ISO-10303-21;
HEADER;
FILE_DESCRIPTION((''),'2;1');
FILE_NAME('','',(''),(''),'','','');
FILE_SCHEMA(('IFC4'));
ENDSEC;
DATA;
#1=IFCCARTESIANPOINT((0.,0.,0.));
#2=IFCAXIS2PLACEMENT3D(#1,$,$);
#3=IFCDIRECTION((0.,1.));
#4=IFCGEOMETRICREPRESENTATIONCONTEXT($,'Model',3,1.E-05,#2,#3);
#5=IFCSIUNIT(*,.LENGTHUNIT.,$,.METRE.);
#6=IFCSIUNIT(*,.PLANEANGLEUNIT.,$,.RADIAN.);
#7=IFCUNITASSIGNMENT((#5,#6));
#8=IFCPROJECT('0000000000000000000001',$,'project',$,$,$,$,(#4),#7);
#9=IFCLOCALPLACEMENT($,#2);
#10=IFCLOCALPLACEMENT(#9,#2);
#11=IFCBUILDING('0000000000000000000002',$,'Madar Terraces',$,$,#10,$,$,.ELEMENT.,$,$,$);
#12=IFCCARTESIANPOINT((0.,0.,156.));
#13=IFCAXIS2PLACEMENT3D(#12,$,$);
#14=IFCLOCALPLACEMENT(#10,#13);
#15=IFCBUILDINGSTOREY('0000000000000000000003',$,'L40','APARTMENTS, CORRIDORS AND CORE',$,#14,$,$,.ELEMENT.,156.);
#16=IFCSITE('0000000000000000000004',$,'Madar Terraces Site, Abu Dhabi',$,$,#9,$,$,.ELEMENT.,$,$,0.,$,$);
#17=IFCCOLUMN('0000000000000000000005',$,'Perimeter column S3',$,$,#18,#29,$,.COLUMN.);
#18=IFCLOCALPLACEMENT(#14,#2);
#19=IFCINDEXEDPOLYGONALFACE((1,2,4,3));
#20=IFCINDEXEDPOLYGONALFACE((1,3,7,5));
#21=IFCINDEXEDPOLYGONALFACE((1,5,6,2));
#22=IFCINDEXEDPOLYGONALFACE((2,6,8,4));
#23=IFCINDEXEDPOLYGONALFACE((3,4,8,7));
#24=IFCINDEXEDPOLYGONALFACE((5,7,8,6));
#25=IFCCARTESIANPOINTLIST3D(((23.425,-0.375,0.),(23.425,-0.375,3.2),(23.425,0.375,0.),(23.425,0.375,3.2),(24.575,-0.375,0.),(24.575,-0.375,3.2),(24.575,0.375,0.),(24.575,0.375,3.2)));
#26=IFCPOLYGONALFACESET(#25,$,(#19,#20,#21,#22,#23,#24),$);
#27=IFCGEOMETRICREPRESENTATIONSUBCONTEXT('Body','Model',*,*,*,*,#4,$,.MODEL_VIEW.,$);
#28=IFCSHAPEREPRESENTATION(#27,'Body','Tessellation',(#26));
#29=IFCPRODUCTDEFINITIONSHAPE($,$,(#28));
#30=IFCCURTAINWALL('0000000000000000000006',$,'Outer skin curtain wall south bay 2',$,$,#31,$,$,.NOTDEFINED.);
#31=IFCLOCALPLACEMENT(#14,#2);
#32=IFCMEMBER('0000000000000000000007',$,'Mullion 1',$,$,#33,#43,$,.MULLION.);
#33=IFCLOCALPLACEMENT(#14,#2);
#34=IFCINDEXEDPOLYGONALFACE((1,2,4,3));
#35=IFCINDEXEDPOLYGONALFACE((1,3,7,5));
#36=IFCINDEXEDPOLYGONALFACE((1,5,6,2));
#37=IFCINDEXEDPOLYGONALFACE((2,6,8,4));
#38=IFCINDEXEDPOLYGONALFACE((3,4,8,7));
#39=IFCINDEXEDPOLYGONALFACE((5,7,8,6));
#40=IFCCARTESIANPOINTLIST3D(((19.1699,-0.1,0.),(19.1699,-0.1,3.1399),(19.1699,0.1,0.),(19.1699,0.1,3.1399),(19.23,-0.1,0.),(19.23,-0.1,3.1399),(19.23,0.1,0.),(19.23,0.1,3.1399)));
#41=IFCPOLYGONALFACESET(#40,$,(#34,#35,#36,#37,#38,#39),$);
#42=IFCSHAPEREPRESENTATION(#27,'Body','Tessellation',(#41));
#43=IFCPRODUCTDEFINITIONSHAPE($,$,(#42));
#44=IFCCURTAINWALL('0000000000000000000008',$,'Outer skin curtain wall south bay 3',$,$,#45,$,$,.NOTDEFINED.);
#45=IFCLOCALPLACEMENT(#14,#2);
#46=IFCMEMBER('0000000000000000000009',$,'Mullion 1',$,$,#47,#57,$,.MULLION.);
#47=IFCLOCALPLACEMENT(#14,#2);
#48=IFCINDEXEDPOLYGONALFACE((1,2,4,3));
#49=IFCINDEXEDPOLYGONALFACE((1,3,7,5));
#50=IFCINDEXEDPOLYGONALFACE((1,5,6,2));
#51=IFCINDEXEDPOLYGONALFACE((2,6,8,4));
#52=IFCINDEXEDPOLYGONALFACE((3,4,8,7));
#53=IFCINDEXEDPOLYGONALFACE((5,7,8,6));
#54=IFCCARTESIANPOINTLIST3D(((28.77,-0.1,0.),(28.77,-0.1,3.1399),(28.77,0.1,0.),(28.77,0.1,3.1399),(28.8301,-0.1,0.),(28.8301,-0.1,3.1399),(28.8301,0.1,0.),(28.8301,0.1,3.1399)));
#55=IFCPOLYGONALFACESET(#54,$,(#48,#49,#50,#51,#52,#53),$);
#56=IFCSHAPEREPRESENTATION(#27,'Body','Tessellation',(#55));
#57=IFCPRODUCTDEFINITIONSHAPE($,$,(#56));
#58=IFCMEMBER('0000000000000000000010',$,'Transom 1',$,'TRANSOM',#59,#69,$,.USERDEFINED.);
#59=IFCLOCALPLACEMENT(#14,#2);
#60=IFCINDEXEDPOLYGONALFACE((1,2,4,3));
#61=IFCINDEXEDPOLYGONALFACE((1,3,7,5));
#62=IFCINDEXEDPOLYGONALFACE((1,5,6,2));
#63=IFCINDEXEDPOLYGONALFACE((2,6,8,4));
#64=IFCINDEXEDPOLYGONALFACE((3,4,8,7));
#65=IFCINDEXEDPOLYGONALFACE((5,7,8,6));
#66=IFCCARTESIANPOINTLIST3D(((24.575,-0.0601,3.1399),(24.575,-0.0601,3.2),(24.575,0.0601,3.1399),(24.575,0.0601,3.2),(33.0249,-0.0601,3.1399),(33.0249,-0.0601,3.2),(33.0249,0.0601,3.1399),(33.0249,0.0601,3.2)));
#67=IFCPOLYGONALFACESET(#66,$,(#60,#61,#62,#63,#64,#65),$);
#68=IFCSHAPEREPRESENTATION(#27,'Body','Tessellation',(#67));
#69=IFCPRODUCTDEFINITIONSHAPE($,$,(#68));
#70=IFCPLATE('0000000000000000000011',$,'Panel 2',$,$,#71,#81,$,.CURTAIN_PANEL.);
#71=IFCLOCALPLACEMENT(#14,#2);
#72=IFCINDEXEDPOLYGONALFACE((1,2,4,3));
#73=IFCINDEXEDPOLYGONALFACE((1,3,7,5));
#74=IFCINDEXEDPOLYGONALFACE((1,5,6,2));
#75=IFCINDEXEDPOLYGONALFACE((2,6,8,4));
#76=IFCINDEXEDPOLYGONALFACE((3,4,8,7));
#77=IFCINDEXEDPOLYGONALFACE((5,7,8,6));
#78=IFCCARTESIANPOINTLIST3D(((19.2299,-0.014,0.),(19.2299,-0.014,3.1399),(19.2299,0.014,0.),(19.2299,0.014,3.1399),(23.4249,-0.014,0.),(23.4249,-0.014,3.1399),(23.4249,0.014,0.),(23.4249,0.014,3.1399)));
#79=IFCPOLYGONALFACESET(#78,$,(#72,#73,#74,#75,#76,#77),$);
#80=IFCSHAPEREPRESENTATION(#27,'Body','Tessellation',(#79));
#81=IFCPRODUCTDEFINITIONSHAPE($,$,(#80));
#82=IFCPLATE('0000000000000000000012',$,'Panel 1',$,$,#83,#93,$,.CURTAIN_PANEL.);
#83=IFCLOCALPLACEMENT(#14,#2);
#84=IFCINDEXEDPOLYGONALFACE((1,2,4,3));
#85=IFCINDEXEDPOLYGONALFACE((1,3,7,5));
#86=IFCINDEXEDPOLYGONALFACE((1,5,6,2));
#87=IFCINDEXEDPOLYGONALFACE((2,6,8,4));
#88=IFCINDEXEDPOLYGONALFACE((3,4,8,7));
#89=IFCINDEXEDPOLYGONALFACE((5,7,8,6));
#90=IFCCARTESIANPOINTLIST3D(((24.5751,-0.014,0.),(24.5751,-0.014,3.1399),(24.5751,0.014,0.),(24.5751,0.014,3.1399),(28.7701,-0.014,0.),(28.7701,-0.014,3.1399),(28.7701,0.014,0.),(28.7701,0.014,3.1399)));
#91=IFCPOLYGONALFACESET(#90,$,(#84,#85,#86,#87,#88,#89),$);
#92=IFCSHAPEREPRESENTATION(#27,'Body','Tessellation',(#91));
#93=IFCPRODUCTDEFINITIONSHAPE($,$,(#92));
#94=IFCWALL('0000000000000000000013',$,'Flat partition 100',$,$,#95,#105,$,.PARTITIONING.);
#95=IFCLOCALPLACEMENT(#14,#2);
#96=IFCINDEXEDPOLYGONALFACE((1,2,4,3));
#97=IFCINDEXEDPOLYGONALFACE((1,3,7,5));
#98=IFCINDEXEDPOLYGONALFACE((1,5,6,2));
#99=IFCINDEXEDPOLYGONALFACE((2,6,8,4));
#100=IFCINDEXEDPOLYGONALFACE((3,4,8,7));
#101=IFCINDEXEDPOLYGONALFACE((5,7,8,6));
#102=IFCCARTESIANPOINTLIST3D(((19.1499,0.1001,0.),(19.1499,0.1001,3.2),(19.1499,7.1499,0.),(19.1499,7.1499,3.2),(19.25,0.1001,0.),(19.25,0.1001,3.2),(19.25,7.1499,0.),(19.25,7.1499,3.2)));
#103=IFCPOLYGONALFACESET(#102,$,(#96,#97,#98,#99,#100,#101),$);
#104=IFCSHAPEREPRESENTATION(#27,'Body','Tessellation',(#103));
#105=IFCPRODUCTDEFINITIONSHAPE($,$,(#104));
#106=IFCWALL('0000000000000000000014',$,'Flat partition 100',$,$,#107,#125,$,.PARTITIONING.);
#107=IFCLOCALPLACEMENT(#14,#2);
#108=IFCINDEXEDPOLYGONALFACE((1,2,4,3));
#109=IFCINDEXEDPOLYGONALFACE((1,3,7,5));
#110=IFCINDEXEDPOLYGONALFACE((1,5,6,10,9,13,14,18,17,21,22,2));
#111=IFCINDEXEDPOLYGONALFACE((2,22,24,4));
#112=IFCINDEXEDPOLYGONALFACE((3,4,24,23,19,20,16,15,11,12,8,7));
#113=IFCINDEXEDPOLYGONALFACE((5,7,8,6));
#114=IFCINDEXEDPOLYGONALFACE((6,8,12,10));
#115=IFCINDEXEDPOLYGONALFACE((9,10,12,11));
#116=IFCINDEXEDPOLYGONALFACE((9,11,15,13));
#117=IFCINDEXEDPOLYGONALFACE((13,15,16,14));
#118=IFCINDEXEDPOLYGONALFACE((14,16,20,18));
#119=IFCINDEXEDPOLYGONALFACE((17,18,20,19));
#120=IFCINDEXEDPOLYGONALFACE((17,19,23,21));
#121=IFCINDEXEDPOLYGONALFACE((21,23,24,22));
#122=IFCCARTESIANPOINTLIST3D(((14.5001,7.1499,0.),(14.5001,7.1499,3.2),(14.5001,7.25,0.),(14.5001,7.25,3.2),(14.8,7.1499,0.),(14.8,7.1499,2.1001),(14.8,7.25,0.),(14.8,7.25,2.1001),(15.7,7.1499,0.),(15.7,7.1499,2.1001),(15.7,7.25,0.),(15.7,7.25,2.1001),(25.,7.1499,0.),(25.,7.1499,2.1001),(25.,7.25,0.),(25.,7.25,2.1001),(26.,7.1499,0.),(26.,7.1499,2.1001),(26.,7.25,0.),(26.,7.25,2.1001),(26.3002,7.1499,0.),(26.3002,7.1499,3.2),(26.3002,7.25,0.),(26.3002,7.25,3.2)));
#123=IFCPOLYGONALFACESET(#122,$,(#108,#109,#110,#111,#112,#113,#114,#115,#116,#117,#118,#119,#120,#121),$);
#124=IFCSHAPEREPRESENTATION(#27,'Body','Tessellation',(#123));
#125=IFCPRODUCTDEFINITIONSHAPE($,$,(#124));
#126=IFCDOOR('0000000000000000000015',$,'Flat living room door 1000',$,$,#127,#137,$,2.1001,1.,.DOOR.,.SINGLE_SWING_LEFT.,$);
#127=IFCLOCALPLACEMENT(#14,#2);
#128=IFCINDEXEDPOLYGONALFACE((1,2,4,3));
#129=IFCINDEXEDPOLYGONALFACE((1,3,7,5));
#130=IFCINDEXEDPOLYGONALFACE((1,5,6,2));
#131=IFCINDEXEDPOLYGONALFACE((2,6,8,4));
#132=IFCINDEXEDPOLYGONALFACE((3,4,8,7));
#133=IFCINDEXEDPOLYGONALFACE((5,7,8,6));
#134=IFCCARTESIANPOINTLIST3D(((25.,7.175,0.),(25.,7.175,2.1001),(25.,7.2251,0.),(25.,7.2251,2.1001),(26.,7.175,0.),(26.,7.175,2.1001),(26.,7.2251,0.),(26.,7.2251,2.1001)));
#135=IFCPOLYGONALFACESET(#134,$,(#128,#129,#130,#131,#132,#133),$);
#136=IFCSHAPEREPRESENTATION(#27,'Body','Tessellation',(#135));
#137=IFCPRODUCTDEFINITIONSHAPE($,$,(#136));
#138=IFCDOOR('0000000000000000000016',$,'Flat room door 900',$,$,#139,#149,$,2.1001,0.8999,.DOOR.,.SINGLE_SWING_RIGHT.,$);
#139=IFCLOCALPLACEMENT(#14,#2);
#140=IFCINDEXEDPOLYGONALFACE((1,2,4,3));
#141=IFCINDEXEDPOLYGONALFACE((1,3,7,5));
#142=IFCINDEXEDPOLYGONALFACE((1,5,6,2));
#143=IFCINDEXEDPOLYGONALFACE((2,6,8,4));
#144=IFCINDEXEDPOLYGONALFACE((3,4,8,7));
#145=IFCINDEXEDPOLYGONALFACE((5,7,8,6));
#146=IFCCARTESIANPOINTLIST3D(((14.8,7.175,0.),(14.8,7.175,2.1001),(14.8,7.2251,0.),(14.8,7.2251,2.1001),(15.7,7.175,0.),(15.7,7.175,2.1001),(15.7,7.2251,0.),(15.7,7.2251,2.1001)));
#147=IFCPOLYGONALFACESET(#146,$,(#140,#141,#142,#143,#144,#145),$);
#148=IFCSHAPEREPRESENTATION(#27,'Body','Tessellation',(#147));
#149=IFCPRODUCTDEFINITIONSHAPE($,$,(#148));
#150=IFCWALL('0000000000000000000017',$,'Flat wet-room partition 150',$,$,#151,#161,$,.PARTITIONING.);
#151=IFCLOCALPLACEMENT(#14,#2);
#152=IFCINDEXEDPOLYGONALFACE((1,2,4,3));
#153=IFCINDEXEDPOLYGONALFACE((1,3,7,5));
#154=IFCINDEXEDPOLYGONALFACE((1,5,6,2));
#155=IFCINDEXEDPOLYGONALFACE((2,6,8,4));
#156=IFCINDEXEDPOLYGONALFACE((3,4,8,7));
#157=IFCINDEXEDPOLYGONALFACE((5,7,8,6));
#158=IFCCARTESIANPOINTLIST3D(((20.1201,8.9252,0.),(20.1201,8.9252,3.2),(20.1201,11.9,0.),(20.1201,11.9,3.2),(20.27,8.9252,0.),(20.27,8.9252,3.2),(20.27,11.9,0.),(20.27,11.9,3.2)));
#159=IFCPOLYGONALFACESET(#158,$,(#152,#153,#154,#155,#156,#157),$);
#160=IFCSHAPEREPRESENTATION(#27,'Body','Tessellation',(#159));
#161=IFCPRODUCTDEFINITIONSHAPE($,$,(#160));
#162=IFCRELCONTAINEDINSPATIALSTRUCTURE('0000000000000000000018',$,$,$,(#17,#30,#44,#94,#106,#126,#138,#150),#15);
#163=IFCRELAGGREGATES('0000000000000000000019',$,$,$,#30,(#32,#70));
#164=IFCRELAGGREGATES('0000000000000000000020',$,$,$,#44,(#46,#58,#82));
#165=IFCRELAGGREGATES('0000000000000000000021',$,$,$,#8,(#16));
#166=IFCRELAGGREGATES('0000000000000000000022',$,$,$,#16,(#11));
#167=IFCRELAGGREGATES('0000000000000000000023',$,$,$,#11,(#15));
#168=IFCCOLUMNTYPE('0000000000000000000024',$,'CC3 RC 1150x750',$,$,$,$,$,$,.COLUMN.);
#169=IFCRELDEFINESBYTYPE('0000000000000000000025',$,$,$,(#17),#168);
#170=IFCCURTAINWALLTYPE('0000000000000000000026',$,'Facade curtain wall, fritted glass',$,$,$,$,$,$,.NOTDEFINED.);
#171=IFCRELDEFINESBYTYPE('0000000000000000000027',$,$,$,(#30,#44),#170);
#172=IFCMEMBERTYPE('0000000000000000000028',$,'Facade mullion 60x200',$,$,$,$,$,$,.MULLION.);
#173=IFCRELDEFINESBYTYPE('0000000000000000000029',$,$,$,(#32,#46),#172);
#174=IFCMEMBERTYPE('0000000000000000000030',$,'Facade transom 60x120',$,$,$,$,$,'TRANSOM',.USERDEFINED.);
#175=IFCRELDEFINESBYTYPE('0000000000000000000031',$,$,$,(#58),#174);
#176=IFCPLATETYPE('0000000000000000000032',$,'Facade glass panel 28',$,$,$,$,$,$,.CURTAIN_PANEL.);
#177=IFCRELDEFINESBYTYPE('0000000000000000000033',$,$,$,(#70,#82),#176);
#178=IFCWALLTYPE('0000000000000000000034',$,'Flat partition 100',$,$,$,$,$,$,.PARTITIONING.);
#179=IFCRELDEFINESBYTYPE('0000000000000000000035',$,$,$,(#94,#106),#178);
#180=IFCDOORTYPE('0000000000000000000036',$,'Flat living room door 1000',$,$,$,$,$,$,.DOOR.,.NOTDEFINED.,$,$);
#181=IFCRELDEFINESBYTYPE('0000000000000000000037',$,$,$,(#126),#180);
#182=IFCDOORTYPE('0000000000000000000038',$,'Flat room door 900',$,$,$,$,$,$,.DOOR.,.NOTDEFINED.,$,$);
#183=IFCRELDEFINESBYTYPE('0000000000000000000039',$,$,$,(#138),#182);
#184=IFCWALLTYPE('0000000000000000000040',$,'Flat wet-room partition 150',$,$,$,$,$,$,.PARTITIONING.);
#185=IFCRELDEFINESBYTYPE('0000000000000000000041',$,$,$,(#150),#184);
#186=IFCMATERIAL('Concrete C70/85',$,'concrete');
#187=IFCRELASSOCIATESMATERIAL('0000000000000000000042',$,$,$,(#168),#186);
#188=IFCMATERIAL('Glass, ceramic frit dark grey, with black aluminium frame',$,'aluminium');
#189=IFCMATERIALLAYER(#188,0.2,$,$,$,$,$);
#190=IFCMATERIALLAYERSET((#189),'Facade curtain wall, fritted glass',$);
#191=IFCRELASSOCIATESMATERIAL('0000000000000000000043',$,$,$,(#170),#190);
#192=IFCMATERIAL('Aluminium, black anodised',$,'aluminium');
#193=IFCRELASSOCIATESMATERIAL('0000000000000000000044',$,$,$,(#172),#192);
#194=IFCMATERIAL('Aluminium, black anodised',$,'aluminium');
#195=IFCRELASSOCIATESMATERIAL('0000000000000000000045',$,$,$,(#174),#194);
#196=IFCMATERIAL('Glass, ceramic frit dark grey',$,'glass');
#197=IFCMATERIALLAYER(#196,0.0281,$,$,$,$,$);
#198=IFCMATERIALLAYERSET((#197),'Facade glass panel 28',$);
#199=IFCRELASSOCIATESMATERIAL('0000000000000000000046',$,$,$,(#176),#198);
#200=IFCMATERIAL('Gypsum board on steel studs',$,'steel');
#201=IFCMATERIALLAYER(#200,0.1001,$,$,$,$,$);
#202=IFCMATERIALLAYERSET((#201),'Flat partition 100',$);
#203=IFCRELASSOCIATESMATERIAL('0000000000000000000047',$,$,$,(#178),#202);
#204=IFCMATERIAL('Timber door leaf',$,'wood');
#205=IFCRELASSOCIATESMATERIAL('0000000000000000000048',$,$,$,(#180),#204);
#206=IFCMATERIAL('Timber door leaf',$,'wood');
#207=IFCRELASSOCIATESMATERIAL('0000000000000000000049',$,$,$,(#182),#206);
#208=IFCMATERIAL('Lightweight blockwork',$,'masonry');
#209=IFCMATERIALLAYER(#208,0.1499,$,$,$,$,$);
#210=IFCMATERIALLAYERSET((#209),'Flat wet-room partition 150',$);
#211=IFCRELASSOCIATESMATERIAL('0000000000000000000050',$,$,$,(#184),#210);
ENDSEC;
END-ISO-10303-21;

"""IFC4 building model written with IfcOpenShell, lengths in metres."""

from ifc_helpers import new_model, si_unit, direction, frame, frame_2d, origin, origin_2d, place, context, subcontext, project, spatial, rectangle, extrude, material, layer, layer_set, material_profile, profile_set, type_object, element, fill, aggregate, save


model = new_model("IFC4")

# Units and contexts
model_context = context("Model", 3, precision=1e-05, world=origin(), true_north=direction((0.0, 1.0)))
body_context = subcontext(model_context, "Body", "Model", "MODEL_VIEW")
ifc_project = project(units=[si_unit("LENGTHUNIT", "METRE"), si_unit("PLANEANGLEUNIT", "RADIAN")], contexts=[model_context])

# Site, building, storey
site_placement = place(None, origin())
site = spatial("IfcSite", under=ifc_project, at=site_placement, Name="Madar Terraces Site, Abu Dhabi", CompositionType="ELEMENT", RefElevation=0.0)
building_placement = place(site_placement, origin())
building = spatial("IfcBuilding", under=site, at=building_placement, Name="Madar Terraces", CompositionType="ELEMENT")
storey_placement = place(building_placement, frame((0.0, 0.0, 156.0)))
storey = spatial("IfcBuildingStorey", under=building, at=storey_placement, Name="L40", Description="APARTMENTS, CORRIDORS AND CORE", CompositionType="ELEMENT", Elevation=156.0)

# Column
ifc_material_1 = material(Name="Concrete C70/85", Category="concrete")
ifc_material_profile_1 = material_profile(ifc_material_1, rectangle(XDim=1.1499, YDim=0.75, at=origin_2d()), Name="CC3 RC 1150x750")
ifc_profile_set_1 = profile_set([ifc_material_profile_1], Name="Concrete C70/85")
column_type = type_object("IfcColumnType", Name="CC3 RC 1150x750", PredefinedType="COLUMN", material=ifc_profile_set_1)
column_placement = place(storey_placement, frame((24.0, 0.0, 0.0), z_axis=(0.0, 0.0, 1.0), x_axis=(1.0, 0.0, 0.0)))
element("IfcColumn", 1, at=column_placement, inside=storey, type_object=column_type, Name="Perimeter column S3", PredefinedType="COLUMN", context=body_context, shape_type="SweptSolid", body=[
    extrude(rectangle(XDim=1.1499, YDim=0.75, at=origin_2d()), origin(), (0.0, 0.0, 1.0), 3.2),
])

# Curtain wall, member
ifc_material_2 = material(Name="Glass, ceramic frit dark grey, with black aluminium frame", Category="aluminium")
ifc_layer_1 = layer(ifc_material_2, 0.2)
ifc_layer_set_1 = layer_set([ifc_layer_1], Name="Facade curtain wall, fritted glass")
curtain_wall_type = type_object("IfcCurtainWallType", Name="Facade curtain wall, fritted glass", PredefinedType="NOTDEFINED", material=ifc_layer_set_1)
curtain_wall_1_placement = place(storey_placement, origin())
curtain_wall_1 = element("IfcCurtainWall", 2, at=curtain_wall_1_placement, inside=storey, type_object=curtain_wall_type, Name="Outer skin curtain wall south bay 2", PredefinedType="NOTDEFINED")
ifc_material_3 = material(Name="Aluminium, black anodised", Category="aluminium")
ifc_material_profile_2 = material_profile(ifc_material_3, rectangle(XDim=0.2, YDim=0.0601, at=origin_2d()), Name="Facade mullion 60x200")
ifc_profile_set_2 = profile_set([ifc_material_profile_2], Name="Aluminium, black anodised")
member_type_1 = type_object("IfcMemberType", Name="Facade mullion 60x200", PredefinedType="MULLION", material=ifc_profile_set_2)
member_1_placement = place(storey_placement, frame((19.2, 0.0, 0.0), z_axis=(0.0, 0.0, 1.0), x_axis=(0.0, 1.0, 0.0)))
member_1 = element("IfcMember", 3, at=member_1_placement, type_object=member_type_1, Name="Mullion 1", PredefinedType="MULLION", context=body_context, shape_type="SweptSolid", body=[
    extrude(rectangle(XDim=0.2, YDim=0.0601, at=origin_2d()), origin(), (0.0, 0.0, 1.0), 3.1399),
])

# Curtain wall, members
curtain_wall_2_placement = place(storey_placement, origin())
curtain_wall_2 = element("IfcCurtainWall", 4, at=curtain_wall_2_placement, inside=storey, type_object=curtain_wall_type, Name="Outer skin curtain wall south bay 3", PredefinedType="NOTDEFINED")
member_2_placement = place(storey_placement, frame((28.8, 0.0, 0.0), z_axis=(0.0, 0.0, 1.0), x_axis=(0.0, 1.0, 0.0)))
member_2 = element("IfcMember", 5, at=member_2_placement, type_object=member_type_1, Name="Mullion 1", PredefinedType="MULLION", context=body_context, shape_type="SweptSolid", body=[
    extrude(rectangle(XDim=0.2, YDim=0.0601, at=origin_2d()), origin(), (0.0, 0.0, 1.0), 3.1399),
])
ifc_material_4 = material(Name="Aluminium, black anodised", Category="aluminium")
ifc_material_profile_3 = material_profile(ifc_material_4, rectangle(XDim=0.1201, YDim=0.0601, at=origin_2d()), Name="Facade transom 60x120")
ifc_profile_set_3 = profile_set([ifc_material_profile_3], Name="Aluminium, black anodised")
member_type_2 = type_object("IfcMemberType", Name="Facade transom 60x120", ElementType="TRANSOM", PredefinedType="USERDEFINED", material=ifc_profile_set_3)
member_3_placement = place(storey_placement, frame((24.575, 0.0, 3.1699), z_axis=(1.0, 0.0, 0.0), x_axis=(0.0, 1.0, 0.0)))
member_3 = element("IfcMember", 6, at=member_3_placement, type_object=member_type_2, Name="Transom 1", ObjectType="TRANSOM", PredefinedType="USERDEFINED", context=body_context, shape_type="SweptSolid", body=[
    extrude(rectangle(XDim=0.1201, YDim=0.0601, at=origin_2d()), origin(), (0.0, 0.0, 1.0), 8.45),
])

# Plates
ifc_material_5 = material(Name="Glass, ceramic frit dark grey", Category="glass")
ifc_layer_2 = layer(ifc_material_5, 0.0281)
ifc_layer_set_2 = layer_set([ifc_layer_2], Name="Facade glass panel 28")
plate_type = type_object("IfcPlateType", Name="Facade glass panel 28", PredefinedType="CURTAIN_PANEL", material=ifc_layer_set_2)
plate_1_placement = place(storey_placement, frame((21.3274, 0.0, 0.0), z_axis=(0.0, 0.0, 1.0), x_axis=(1.0, 0.0, 0.0)))
plate_1 = element("IfcPlate", 7, at=plate_1_placement, type_object=plate_type, Name="Panel 2", PredefinedType="CURTAIN_PANEL", context=body_context, shape_type="SweptSolid", body=[
    extrude(rectangle(XDim=4.1951, YDim=0.0281, at=origin_2d()), origin(), (0.0, 0.0, 1.0), 3.1399),
])
aggregate(curtain_wall_1, [member_1, plate_1])
plate_2_placement = place(storey_placement, frame((26.6726, 0.0, 0.0), z_axis=(0.0, 0.0, 1.0), x_axis=(1.0, 0.0, 0.0)))
plate_2 = element("IfcPlate", 8, at=plate_2_placement, type_object=plate_type, Name="Panel 1", PredefinedType="CURTAIN_PANEL", context=body_context, shape_type="SweptSolid", body=[
    extrude(rectangle(XDim=4.1951, YDim=0.0281, at=origin_2d()), origin(), (0.0, 0.0, 1.0), 3.1399),
])
aggregate(curtain_wall_2, [member_2, member_3, plate_2])

# Wall
ifc_material_6 = material(Name="Gypsum board on steel studs", Category="steel")
ifc_layer_3 = layer(ifc_material_6, 0.1001)
ifc_layer_set_3 = layer_set([ifc_layer_3], Name="Flat partition 100")
wall_type_1 = type_object("IfcWallType", Name="Flat partition 100", PredefinedType="PARTITIONING", material=ifc_layer_set_3)
wall_1_placement = place(storey_placement, frame((19.2, 7.1499, 0.0), z_axis=(0.0, 0.0, 1.0), x_axis=(0.0, -1.0, 0.0)))
element("IfcWall", 9, at=wall_1_placement, inside=storey, type_object=wall_type_1, Name="Flat partition 100", PredefinedType="PARTITIONING", context=body_context, shape_type="SweptSolid", body=[
    extrude(rectangle(XDim=7.0498, YDim=0.1001, at=frame_2d((3.5249, 0.0))), origin(), (0.0, 0.0, 1.0), 3.2),
])

# Wall, openings, doors
wall_2_placement = place(storey_placement, frame((26.3, 7.2, 0.0), z_axis=(0.0, 0.0, 1.0), x_axis=(-1.0, 0.0, 0.0)))
wall_2 = element("IfcWall", 10, at=wall_2_placement, inside=storey, type_object=wall_type_1, Name="Flat partition 100", PredefinedType="PARTITIONING", context=body_context, shape_type="SweptSolid", body=[
    extrude(rectangle(XDim=11.8, YDim=0.1001, at=frame_2d((5.8999, 0.0))), origin(), (0.0, 0.0, 1.0), 3.2),
])
opening_1_placement = place(wall_2_placement, frame((10.6001, 0.0, 0.0)))
opening_1 = element("IfcOpeningElement", 11, at=opening_1_placement, cuts=wall_2, PredefinedType="OPENING", context=body_context, shape_type="SweptSolid", body=[
    extrude(rectangle(XDim=0.8999, YDim=2.1001, at=frame_2d((0.45, 1.05))), frame((0.0, 0.0601, 0.0), z_axis=(0.0, -1.0, 0.0), x_axis=(1.0, 0.0, 0.0)), (0.0, 0.0, 1.0), 0.1201),
])
opening_2_placement = place(wall_2_placement, frame((0.3, 0.0, 0.0)))
opening_2 = element("IfcOpeningElement", 12, at=opening_2_placement, cuts=wall_2, PredefinedType="OPENING", context=body_context, shape_type="SweptSolid", body=[
    extrude(rectangle(XDim=1.0, YDim=2.1001, at=frame_2d((0.5, 1.05))), frame((0.0, 0.0601, 0.0), z_axis=(0.0, -1.0, 0.0), x_axis=(1.0, 0.0, 0.0)), (0.0, 0.0, 1.0), 0.1201),
])
ifc_material_7 = material(Name="Timber door leaf", Category="wood")
door_type_1 = type_object("IfcDoorType", Name="Flat living room door 1000", OperationType="NOTDEFINED", PredefinedType="DOOR", material=ifc_material_7)
door_1_placement = place(opening_2_placement, origin())
door_1 = element("IfcDoor", 13, at=door_1_placement, inside=storey, type_object=door_type_1, Name="Flat living room door 1000", OperationType="SINGLE_SWING_LEFT", OverallHeight=2.1001, OverallWidth=1.0, PredefinedType="DOOR", context=body_context, shape_type="SweptSolid", body=[
    extrude(rectangle(XDim=1.0, YDim=2.1001, at=frame_2d((0.5, 1.05))), frame((0.0, 0.0249, 0.0), z_axis=(0.0, -1.0, 0.0), x_axis=(1.0, 0.0, 0.0)), (0.0, 0.0, 1.0), 0.05),
])
fill(opening_2, door_1)
ifc_material_8 = material(Name="Timber door leaf", Category="wood")
door_type_2 = type_object("IfcDoorType", Name="Flat room door 900", OperationType="NOTDEFINED", PredefinedType="DOOR", material=ifc_material_8)
door_2_placement = place(opening_1_placement, origin())
door_2 = element("IfcDoor", 14, at=door_2_placement, inside=storey, type_object=door_type_2, Name="Flat room door 900", OperationType="SINGLE_SWING_RIGHT", OverallHeight=2.1001, OverallWidth=0.8999, PredefinedType="DOOR", context=body_context, shape_type="SweptSolid", body=[
    extrude(rectangle(XDim=0.8999, YDim=2.1001, at=frame_2d((0.45, 1.05))), frame((0.0, 0.0249, 0.0), z_axis=(0.0, -1.0, 0.0), x_axis=(1.0, 0.0, 0.0)), (0.0, 0.0, 1.0), 0.05),
])
fill(opening_1, door_2)

# Wall
ifc_material_9 = material(Name="Lightweight blockwork", Category="masonry")
ifc_layer_4 = layer(ifc_material_9, 0.1499)
ifc_layer_set_4 = layer_set([ifc_layer_4], Name="Flat wet-room partition 150")
wall_type_2 = type_object("IfcWallType", Name="Flat wet-room partition 150", PredefinedType="PARTITIONING", material=ifc_layer_set_4)
wall_3_placement = place(storey_placement, frame((20.1951, 11.8999, 0.0), z_axis=(0.0, 0.0, 1.0), x_axis=(0.0, -1.0, 0.0)))
element("IfcWall", 15, at=wall_3_placement, inside=storey, type_object=wall_type_2, Name="Flat wet-room partition 150", PredefinedType="PARTITIONING", context=body_context, shape_type="SweptSolid", body=[
    extrude(rectangle(XDim=2.9749, YDim=0.1499, at=frame_2d((1.4873, 0.0))), origin(), (0.0, 0.0, 1.0), 3.2),
])

save(model, "model.ifc")
